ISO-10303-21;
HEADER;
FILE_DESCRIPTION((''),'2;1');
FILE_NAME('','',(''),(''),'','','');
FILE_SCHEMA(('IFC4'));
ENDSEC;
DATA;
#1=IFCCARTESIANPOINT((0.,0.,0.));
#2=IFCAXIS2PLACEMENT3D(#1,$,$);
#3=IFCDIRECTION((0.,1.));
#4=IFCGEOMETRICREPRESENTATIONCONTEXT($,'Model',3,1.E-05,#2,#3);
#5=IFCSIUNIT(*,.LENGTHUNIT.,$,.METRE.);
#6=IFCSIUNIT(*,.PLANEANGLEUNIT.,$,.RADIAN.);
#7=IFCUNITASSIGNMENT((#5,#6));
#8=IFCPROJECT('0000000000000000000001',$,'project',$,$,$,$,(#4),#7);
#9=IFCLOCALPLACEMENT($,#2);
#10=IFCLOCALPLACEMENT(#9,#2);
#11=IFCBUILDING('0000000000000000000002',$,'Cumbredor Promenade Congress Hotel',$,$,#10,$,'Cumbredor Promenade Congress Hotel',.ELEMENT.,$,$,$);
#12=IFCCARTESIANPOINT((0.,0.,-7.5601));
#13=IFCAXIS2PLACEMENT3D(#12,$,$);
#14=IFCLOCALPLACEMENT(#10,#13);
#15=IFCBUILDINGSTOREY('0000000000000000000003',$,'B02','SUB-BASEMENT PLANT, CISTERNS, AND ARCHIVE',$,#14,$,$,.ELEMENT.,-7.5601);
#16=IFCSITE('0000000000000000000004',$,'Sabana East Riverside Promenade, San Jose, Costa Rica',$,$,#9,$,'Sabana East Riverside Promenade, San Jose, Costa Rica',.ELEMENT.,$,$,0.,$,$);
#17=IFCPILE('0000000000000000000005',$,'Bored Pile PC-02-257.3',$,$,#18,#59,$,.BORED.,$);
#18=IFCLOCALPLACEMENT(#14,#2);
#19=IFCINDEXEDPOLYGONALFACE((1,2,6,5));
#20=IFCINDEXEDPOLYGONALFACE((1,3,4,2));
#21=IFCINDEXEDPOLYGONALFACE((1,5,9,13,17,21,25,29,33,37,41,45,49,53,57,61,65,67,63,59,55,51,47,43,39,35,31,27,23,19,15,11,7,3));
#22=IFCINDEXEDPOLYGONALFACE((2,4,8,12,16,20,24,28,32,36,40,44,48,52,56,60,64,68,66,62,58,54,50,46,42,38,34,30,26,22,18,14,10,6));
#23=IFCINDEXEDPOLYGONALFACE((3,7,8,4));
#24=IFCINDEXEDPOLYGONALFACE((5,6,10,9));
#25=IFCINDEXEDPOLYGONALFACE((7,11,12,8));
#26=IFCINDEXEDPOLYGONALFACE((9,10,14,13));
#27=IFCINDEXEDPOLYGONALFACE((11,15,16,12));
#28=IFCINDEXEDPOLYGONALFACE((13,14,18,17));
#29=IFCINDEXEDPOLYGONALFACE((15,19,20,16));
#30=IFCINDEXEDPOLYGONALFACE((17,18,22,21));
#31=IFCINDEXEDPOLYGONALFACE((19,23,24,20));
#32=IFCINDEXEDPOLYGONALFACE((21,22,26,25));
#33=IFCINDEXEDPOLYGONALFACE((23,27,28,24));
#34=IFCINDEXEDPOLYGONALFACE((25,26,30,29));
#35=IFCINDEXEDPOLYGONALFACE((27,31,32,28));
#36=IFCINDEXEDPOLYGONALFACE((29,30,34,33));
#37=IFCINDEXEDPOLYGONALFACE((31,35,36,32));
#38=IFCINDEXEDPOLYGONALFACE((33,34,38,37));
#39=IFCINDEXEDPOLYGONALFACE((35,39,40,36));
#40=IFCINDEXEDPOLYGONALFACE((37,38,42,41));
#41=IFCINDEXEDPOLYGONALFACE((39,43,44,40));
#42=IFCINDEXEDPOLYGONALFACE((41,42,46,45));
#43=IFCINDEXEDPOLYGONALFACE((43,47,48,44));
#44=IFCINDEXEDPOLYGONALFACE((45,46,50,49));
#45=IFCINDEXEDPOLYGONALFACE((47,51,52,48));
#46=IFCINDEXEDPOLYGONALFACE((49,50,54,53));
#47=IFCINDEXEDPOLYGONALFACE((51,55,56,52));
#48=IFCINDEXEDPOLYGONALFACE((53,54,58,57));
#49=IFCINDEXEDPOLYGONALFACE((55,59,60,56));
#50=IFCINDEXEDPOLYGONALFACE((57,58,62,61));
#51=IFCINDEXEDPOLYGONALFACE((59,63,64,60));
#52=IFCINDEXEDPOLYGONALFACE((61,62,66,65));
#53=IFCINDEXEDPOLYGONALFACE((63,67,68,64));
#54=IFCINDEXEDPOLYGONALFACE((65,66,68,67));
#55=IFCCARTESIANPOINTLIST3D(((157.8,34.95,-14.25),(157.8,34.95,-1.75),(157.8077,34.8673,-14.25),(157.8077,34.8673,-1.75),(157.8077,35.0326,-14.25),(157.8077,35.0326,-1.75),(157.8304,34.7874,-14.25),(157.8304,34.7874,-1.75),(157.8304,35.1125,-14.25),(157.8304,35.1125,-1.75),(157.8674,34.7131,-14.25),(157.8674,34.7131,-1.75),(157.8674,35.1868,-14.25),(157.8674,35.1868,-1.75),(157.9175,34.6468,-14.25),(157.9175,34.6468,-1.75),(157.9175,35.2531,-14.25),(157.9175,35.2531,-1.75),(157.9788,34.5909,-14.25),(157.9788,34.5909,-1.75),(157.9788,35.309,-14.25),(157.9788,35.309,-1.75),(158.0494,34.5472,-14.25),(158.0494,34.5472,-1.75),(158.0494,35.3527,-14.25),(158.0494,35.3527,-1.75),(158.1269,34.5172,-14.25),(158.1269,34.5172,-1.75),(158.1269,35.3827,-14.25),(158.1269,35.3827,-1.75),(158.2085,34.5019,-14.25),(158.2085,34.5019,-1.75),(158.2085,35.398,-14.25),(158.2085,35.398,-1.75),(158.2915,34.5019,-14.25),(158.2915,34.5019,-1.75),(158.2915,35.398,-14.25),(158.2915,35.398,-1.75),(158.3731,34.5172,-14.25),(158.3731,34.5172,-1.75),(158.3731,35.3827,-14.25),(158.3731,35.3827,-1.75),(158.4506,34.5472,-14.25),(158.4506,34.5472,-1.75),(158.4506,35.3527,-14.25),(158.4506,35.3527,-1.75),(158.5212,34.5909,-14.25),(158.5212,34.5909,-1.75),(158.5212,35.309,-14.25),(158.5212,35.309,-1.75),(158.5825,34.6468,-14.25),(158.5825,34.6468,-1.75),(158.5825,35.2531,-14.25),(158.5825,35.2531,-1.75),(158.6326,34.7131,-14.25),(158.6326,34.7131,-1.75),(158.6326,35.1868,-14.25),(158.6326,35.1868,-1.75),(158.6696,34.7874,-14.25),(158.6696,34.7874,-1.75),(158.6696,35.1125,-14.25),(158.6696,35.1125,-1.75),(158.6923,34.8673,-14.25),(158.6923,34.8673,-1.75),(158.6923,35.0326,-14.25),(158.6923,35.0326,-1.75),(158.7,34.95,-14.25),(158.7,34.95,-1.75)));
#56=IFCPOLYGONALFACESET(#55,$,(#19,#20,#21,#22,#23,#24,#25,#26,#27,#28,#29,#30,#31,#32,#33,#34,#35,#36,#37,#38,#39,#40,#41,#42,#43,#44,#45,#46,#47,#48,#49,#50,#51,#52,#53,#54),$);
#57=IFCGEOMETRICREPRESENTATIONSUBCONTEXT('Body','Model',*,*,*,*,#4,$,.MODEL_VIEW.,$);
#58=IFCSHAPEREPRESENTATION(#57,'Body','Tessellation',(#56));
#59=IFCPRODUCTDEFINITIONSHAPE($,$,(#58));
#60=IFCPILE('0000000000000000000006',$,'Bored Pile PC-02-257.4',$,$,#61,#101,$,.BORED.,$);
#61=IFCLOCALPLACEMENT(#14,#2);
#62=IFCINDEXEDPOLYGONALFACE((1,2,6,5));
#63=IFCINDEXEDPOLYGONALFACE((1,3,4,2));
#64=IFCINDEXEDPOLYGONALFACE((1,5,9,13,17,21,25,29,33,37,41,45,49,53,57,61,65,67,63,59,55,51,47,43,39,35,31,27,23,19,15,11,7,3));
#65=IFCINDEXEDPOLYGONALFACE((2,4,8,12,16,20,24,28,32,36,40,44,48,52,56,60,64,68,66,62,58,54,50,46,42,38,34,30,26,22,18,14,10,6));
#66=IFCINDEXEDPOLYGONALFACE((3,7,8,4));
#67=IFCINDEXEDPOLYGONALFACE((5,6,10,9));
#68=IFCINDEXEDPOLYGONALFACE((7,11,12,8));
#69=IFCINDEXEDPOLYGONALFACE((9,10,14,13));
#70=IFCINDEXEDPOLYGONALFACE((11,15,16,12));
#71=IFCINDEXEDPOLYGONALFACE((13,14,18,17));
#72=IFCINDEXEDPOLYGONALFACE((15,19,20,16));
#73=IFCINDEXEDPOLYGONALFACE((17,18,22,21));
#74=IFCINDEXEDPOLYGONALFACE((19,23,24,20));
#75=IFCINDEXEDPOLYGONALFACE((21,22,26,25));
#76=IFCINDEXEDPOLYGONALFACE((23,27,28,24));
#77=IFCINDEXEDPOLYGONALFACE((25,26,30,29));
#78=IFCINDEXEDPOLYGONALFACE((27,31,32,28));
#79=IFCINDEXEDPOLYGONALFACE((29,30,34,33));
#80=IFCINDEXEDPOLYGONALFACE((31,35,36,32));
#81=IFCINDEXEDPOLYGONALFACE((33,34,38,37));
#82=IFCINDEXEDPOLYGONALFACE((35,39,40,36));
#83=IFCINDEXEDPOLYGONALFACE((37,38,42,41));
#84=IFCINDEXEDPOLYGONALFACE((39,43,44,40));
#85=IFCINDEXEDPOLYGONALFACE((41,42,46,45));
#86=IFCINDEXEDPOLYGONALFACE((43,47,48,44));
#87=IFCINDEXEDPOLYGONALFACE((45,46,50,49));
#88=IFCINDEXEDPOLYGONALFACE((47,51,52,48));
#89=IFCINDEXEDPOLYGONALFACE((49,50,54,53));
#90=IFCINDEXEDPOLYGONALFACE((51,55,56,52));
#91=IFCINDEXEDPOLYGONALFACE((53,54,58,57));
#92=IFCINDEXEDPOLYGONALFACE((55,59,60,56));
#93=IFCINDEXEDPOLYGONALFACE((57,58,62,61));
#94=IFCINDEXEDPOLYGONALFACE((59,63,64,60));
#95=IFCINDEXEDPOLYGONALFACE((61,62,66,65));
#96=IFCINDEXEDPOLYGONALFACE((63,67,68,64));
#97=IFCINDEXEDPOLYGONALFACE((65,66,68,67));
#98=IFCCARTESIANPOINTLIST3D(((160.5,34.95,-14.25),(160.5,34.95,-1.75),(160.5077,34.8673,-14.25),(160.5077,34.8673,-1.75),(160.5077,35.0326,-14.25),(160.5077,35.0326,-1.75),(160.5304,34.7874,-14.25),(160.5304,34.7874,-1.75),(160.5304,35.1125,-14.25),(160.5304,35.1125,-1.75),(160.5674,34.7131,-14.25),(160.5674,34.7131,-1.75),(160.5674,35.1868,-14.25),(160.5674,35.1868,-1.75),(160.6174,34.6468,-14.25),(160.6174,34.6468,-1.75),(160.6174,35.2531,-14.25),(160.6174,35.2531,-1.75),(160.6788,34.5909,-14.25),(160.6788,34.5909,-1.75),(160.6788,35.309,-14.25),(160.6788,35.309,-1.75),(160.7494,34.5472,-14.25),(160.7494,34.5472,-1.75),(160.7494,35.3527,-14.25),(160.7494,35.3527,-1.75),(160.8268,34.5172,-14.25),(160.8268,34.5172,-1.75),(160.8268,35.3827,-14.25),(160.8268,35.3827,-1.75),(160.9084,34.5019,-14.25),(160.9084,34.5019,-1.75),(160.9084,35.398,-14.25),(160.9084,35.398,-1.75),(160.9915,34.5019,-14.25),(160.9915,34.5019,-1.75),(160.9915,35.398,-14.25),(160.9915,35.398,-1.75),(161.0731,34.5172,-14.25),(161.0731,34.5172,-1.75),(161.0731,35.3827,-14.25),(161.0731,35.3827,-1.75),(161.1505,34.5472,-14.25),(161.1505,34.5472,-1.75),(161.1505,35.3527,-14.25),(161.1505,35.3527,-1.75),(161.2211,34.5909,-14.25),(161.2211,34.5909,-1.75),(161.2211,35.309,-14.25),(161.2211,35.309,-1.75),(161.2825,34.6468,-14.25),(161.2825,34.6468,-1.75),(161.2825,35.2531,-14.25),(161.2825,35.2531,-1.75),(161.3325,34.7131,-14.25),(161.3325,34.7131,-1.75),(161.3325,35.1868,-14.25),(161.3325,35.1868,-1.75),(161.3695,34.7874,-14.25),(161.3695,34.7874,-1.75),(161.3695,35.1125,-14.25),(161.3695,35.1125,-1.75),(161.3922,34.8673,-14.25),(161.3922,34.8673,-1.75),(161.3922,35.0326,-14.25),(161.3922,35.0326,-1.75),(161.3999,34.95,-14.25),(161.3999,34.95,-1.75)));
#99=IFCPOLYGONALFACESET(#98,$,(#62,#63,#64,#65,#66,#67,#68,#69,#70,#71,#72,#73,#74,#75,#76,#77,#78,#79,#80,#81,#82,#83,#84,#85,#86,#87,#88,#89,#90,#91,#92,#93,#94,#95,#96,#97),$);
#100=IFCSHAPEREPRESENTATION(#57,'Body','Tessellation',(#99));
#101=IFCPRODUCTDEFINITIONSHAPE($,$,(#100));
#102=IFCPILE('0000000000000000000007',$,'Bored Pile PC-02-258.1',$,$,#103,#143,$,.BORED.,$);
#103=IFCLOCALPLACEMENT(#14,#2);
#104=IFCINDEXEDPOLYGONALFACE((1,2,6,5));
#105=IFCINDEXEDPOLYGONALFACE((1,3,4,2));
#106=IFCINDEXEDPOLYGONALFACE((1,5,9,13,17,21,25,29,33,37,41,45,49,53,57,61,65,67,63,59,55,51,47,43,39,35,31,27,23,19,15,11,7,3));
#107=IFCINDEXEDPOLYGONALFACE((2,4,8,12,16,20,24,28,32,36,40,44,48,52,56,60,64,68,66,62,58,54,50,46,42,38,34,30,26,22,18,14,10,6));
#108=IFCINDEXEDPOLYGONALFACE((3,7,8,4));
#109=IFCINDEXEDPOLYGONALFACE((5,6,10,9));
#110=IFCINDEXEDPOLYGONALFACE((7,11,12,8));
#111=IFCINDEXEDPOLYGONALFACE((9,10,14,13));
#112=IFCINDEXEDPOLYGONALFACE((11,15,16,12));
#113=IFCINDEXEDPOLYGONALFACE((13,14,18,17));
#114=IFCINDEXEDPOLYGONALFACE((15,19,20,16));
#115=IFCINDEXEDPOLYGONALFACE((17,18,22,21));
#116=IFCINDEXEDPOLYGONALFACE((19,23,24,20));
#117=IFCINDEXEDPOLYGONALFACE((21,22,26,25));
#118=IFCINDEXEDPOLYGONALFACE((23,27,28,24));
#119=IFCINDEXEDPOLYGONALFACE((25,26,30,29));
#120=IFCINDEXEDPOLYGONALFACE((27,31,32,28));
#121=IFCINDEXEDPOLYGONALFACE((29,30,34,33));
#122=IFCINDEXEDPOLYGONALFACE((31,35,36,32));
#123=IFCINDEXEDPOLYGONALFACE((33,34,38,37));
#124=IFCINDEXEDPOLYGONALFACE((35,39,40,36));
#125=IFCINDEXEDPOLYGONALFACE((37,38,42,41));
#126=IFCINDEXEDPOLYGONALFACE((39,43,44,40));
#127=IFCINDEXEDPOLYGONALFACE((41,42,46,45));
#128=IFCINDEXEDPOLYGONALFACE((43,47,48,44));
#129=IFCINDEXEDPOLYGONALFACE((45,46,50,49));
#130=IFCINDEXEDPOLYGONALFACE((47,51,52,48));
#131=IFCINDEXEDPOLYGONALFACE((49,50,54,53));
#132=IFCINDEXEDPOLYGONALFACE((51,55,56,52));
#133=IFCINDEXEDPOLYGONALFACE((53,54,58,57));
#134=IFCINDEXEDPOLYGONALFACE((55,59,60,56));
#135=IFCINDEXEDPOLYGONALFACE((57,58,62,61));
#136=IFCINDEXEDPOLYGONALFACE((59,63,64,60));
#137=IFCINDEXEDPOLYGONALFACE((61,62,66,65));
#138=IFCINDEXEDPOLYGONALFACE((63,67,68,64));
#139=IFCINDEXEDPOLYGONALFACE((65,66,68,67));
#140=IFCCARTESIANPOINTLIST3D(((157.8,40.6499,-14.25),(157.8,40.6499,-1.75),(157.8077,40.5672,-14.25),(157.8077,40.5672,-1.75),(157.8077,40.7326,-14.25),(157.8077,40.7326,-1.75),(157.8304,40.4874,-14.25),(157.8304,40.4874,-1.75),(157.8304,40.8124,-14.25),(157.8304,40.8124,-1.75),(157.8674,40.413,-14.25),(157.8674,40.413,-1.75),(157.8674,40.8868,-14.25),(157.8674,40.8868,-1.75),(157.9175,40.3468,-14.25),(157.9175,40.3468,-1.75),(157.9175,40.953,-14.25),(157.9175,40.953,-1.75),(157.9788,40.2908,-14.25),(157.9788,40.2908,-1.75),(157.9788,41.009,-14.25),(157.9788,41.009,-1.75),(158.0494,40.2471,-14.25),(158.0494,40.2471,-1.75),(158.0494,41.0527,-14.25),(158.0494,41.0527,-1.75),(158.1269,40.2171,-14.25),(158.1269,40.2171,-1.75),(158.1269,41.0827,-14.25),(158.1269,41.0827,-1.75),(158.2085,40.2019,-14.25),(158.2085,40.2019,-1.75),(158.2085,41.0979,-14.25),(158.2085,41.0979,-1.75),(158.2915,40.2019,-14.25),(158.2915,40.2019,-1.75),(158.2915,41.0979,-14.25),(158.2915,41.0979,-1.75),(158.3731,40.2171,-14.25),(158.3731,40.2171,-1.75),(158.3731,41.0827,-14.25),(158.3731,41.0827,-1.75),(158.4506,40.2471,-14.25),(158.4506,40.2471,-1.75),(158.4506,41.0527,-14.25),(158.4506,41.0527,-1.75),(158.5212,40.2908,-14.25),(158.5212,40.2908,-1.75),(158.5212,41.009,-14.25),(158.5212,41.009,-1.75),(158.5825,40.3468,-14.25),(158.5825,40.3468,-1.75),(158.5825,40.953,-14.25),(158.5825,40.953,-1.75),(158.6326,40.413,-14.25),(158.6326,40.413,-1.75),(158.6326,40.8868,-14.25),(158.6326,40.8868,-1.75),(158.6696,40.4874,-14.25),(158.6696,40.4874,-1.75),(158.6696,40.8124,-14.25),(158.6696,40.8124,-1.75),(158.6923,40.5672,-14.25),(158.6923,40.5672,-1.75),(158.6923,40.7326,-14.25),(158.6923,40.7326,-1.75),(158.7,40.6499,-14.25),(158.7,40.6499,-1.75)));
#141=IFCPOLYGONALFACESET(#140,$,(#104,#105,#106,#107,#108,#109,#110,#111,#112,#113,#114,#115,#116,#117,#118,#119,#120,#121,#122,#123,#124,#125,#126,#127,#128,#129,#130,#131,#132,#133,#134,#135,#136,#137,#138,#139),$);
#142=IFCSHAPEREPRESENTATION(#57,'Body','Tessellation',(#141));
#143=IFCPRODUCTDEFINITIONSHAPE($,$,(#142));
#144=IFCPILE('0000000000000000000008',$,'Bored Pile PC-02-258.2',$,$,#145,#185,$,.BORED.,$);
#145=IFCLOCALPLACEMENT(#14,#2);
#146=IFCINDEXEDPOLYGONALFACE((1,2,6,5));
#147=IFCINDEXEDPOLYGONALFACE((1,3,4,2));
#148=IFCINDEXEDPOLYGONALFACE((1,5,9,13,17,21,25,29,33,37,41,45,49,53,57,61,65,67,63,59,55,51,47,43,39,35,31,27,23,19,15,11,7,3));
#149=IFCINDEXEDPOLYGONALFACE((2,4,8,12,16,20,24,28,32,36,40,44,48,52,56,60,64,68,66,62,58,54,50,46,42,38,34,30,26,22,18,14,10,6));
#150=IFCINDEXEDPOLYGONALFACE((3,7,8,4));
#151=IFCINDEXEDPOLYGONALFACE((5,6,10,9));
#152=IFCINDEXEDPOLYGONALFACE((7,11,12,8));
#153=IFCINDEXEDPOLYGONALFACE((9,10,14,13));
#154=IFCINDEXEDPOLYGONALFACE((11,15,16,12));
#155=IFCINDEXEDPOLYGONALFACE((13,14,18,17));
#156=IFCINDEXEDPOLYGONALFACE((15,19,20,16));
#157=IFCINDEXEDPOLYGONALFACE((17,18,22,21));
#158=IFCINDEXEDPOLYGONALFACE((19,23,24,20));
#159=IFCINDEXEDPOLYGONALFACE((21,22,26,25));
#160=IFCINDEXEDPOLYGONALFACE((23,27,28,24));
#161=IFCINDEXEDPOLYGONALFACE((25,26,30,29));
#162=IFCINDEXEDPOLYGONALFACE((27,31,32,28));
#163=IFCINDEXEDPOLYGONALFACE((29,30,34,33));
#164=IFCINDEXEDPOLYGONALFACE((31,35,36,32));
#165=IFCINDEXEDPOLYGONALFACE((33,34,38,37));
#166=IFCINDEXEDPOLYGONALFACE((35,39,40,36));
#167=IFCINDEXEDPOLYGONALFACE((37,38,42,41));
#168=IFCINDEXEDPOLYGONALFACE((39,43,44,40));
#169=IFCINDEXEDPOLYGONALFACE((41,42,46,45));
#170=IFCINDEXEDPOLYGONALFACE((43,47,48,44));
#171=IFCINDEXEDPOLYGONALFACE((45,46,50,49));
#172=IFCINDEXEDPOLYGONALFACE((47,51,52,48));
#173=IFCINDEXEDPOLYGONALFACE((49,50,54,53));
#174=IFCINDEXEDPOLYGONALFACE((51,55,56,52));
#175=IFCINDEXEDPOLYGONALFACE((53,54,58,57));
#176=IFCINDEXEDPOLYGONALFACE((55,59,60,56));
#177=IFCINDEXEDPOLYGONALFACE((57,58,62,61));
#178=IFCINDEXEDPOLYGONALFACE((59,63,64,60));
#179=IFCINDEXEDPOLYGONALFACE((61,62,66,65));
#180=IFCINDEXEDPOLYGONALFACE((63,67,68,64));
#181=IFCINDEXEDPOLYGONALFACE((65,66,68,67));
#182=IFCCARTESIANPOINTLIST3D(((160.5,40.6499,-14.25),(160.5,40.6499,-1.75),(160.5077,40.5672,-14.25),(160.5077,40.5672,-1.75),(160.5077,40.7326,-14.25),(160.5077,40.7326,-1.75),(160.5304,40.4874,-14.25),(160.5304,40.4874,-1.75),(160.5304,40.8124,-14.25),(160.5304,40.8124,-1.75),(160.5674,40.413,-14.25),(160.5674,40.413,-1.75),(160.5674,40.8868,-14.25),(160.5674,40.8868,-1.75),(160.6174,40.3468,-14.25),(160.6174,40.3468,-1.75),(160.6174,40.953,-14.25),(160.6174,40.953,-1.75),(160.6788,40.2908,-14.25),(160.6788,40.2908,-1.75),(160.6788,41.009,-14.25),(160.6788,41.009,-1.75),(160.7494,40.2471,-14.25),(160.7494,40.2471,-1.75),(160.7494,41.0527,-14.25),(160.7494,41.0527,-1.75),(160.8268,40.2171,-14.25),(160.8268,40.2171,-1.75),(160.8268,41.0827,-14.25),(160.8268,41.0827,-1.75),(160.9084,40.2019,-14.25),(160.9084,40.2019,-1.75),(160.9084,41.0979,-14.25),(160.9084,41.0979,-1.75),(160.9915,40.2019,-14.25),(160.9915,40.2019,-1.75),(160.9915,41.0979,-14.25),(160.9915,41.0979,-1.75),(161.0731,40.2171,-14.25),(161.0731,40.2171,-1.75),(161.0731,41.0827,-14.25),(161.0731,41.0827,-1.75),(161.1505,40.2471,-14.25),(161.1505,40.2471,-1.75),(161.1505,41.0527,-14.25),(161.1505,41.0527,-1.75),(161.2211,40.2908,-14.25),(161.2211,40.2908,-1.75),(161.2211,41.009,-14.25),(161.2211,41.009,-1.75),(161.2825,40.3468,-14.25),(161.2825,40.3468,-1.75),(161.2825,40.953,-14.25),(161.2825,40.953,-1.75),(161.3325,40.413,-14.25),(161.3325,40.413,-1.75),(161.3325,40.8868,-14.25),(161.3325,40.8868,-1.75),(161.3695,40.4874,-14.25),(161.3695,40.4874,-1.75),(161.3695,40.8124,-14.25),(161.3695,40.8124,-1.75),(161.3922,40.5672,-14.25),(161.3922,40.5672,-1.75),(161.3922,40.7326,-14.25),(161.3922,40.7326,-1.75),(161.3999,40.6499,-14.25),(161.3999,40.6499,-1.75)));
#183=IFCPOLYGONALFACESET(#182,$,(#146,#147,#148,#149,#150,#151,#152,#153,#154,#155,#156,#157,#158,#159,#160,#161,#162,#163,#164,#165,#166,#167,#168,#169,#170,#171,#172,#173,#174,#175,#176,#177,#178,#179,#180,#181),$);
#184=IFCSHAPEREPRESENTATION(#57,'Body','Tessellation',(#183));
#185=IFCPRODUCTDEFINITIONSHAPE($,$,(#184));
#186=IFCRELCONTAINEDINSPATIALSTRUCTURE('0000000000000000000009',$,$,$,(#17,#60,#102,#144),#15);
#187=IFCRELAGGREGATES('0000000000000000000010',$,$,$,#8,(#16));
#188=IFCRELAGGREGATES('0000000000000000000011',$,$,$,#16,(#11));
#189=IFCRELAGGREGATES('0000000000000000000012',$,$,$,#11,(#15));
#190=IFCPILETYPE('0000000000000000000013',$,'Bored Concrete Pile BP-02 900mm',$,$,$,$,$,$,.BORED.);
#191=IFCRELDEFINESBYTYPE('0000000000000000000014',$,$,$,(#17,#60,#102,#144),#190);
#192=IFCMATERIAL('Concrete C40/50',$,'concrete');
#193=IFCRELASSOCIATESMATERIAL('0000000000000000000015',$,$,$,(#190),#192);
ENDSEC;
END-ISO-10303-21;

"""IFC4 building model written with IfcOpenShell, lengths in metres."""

from ifc_helpers import new_model, si_unit, direction, frame, origin, origin_2d, place, context, subcontext, project, spatial, circle, extrude, material, material_profile, profile_set, type_object, element, save


model = new_model("IFC4")

# Units and contexts
model_context = context("Model", 3, precision=1e-05, world=origin(), true_north=direction((0.0, 1.0)))
body_context = subcontext(model_context, "Body", "Model", "MODEL_VIEW")
ifc_project = project(units=[si_unit("LENGTHUNIT", "METRE"), si_unit("PLANEANGLEUNIT", "RADIAN")], contexts=[model_context])

# Site, building, storey
site_placement = place(None, origin())
site = spatial("IfcSite", under=ifc_project, at=site_placement, Name="Sabana East Riverside Promenade, San Jose, Costa Rica", LongName="Sabana East Riverside Promenade, San Jose, Costa Rica", CompositionType="ELEMENT", RefElevation=0.0)
building_placement = place(site_placement, origin())
building = spatial("IfcBuilding", under=site, at=building_placement, Name="Cumbredor Promenade Congress Hotel", LongName="Cumbredor Promenade Congress Hotel", CompositionType="ELEMENT")
storey_placement = place(building_placement, frame((0.0, 0.0, -7.5601)))
storey = spatial("IfcBuildingStorey", under=building, at=storey_placement, Name="B02", Description="SUB-BASEMENT PLANT, CISTERNS, AND ARCHIVE", CompositionType="ELEMENT", Elevation=-7.5601)

# Piles
ifc_material_1 = material(Name="Concrete C40/50", Category="concrete")
ifc_material_profile_1 = material_profile(ifc_material_1, circle(Radius=0.45, at=origin_2d()), Name="PILE D900")
ifc_profile_set_1 = profile_set([ifc_material_profile_1], Name="Concrete C40/50")
pile_type = type_object("IfcPileType", Name="Bored Concrete Pile BP-02 900mm", PredefinedType="BORED", material=ifc_profile_set_1)
for number, where, z_axis, x_axis, name in (
    (1, (158.25, 34.95, -1.75), (0.0, 0.0, -1.0), (1.0, 0.0, 0.0), "Bored Pile PC-02-257.3"),
    (2, (160.95, 34.95, -1.75), (0.0, 0.0, -1.0), (1.0, 0.0, 0.0), "Bored Pile PC-02-257.4"),
    (3, (158.25, 40.6499, -1.75), (0.0, 0.0, -1.0), (1.0, 0.0, 0.0), "Bored Pile PC-02-258.1"),
    (4, (160.95, 40.6499, -1.75), (0.0, 0.0, -1.0), (1.0, 0.0, 0.0), "Bored Pile PC-02-258.2"),
):
    element("IfcPile", number, at=place(storey_placement, frame(where, z_axis=z_axis, x_axis=x_axis)), inside=storey, type_object=pile_type, Name=name, PredefinedType="BORED", context=body_context, shape_type="SweptSolid", body=[
        extrude(circle(Radius=0.45, at=origin_2d()), origin(), (0.0, 0.0, 1.0), 12.5),
    ])

save(model, "model.ifc")
